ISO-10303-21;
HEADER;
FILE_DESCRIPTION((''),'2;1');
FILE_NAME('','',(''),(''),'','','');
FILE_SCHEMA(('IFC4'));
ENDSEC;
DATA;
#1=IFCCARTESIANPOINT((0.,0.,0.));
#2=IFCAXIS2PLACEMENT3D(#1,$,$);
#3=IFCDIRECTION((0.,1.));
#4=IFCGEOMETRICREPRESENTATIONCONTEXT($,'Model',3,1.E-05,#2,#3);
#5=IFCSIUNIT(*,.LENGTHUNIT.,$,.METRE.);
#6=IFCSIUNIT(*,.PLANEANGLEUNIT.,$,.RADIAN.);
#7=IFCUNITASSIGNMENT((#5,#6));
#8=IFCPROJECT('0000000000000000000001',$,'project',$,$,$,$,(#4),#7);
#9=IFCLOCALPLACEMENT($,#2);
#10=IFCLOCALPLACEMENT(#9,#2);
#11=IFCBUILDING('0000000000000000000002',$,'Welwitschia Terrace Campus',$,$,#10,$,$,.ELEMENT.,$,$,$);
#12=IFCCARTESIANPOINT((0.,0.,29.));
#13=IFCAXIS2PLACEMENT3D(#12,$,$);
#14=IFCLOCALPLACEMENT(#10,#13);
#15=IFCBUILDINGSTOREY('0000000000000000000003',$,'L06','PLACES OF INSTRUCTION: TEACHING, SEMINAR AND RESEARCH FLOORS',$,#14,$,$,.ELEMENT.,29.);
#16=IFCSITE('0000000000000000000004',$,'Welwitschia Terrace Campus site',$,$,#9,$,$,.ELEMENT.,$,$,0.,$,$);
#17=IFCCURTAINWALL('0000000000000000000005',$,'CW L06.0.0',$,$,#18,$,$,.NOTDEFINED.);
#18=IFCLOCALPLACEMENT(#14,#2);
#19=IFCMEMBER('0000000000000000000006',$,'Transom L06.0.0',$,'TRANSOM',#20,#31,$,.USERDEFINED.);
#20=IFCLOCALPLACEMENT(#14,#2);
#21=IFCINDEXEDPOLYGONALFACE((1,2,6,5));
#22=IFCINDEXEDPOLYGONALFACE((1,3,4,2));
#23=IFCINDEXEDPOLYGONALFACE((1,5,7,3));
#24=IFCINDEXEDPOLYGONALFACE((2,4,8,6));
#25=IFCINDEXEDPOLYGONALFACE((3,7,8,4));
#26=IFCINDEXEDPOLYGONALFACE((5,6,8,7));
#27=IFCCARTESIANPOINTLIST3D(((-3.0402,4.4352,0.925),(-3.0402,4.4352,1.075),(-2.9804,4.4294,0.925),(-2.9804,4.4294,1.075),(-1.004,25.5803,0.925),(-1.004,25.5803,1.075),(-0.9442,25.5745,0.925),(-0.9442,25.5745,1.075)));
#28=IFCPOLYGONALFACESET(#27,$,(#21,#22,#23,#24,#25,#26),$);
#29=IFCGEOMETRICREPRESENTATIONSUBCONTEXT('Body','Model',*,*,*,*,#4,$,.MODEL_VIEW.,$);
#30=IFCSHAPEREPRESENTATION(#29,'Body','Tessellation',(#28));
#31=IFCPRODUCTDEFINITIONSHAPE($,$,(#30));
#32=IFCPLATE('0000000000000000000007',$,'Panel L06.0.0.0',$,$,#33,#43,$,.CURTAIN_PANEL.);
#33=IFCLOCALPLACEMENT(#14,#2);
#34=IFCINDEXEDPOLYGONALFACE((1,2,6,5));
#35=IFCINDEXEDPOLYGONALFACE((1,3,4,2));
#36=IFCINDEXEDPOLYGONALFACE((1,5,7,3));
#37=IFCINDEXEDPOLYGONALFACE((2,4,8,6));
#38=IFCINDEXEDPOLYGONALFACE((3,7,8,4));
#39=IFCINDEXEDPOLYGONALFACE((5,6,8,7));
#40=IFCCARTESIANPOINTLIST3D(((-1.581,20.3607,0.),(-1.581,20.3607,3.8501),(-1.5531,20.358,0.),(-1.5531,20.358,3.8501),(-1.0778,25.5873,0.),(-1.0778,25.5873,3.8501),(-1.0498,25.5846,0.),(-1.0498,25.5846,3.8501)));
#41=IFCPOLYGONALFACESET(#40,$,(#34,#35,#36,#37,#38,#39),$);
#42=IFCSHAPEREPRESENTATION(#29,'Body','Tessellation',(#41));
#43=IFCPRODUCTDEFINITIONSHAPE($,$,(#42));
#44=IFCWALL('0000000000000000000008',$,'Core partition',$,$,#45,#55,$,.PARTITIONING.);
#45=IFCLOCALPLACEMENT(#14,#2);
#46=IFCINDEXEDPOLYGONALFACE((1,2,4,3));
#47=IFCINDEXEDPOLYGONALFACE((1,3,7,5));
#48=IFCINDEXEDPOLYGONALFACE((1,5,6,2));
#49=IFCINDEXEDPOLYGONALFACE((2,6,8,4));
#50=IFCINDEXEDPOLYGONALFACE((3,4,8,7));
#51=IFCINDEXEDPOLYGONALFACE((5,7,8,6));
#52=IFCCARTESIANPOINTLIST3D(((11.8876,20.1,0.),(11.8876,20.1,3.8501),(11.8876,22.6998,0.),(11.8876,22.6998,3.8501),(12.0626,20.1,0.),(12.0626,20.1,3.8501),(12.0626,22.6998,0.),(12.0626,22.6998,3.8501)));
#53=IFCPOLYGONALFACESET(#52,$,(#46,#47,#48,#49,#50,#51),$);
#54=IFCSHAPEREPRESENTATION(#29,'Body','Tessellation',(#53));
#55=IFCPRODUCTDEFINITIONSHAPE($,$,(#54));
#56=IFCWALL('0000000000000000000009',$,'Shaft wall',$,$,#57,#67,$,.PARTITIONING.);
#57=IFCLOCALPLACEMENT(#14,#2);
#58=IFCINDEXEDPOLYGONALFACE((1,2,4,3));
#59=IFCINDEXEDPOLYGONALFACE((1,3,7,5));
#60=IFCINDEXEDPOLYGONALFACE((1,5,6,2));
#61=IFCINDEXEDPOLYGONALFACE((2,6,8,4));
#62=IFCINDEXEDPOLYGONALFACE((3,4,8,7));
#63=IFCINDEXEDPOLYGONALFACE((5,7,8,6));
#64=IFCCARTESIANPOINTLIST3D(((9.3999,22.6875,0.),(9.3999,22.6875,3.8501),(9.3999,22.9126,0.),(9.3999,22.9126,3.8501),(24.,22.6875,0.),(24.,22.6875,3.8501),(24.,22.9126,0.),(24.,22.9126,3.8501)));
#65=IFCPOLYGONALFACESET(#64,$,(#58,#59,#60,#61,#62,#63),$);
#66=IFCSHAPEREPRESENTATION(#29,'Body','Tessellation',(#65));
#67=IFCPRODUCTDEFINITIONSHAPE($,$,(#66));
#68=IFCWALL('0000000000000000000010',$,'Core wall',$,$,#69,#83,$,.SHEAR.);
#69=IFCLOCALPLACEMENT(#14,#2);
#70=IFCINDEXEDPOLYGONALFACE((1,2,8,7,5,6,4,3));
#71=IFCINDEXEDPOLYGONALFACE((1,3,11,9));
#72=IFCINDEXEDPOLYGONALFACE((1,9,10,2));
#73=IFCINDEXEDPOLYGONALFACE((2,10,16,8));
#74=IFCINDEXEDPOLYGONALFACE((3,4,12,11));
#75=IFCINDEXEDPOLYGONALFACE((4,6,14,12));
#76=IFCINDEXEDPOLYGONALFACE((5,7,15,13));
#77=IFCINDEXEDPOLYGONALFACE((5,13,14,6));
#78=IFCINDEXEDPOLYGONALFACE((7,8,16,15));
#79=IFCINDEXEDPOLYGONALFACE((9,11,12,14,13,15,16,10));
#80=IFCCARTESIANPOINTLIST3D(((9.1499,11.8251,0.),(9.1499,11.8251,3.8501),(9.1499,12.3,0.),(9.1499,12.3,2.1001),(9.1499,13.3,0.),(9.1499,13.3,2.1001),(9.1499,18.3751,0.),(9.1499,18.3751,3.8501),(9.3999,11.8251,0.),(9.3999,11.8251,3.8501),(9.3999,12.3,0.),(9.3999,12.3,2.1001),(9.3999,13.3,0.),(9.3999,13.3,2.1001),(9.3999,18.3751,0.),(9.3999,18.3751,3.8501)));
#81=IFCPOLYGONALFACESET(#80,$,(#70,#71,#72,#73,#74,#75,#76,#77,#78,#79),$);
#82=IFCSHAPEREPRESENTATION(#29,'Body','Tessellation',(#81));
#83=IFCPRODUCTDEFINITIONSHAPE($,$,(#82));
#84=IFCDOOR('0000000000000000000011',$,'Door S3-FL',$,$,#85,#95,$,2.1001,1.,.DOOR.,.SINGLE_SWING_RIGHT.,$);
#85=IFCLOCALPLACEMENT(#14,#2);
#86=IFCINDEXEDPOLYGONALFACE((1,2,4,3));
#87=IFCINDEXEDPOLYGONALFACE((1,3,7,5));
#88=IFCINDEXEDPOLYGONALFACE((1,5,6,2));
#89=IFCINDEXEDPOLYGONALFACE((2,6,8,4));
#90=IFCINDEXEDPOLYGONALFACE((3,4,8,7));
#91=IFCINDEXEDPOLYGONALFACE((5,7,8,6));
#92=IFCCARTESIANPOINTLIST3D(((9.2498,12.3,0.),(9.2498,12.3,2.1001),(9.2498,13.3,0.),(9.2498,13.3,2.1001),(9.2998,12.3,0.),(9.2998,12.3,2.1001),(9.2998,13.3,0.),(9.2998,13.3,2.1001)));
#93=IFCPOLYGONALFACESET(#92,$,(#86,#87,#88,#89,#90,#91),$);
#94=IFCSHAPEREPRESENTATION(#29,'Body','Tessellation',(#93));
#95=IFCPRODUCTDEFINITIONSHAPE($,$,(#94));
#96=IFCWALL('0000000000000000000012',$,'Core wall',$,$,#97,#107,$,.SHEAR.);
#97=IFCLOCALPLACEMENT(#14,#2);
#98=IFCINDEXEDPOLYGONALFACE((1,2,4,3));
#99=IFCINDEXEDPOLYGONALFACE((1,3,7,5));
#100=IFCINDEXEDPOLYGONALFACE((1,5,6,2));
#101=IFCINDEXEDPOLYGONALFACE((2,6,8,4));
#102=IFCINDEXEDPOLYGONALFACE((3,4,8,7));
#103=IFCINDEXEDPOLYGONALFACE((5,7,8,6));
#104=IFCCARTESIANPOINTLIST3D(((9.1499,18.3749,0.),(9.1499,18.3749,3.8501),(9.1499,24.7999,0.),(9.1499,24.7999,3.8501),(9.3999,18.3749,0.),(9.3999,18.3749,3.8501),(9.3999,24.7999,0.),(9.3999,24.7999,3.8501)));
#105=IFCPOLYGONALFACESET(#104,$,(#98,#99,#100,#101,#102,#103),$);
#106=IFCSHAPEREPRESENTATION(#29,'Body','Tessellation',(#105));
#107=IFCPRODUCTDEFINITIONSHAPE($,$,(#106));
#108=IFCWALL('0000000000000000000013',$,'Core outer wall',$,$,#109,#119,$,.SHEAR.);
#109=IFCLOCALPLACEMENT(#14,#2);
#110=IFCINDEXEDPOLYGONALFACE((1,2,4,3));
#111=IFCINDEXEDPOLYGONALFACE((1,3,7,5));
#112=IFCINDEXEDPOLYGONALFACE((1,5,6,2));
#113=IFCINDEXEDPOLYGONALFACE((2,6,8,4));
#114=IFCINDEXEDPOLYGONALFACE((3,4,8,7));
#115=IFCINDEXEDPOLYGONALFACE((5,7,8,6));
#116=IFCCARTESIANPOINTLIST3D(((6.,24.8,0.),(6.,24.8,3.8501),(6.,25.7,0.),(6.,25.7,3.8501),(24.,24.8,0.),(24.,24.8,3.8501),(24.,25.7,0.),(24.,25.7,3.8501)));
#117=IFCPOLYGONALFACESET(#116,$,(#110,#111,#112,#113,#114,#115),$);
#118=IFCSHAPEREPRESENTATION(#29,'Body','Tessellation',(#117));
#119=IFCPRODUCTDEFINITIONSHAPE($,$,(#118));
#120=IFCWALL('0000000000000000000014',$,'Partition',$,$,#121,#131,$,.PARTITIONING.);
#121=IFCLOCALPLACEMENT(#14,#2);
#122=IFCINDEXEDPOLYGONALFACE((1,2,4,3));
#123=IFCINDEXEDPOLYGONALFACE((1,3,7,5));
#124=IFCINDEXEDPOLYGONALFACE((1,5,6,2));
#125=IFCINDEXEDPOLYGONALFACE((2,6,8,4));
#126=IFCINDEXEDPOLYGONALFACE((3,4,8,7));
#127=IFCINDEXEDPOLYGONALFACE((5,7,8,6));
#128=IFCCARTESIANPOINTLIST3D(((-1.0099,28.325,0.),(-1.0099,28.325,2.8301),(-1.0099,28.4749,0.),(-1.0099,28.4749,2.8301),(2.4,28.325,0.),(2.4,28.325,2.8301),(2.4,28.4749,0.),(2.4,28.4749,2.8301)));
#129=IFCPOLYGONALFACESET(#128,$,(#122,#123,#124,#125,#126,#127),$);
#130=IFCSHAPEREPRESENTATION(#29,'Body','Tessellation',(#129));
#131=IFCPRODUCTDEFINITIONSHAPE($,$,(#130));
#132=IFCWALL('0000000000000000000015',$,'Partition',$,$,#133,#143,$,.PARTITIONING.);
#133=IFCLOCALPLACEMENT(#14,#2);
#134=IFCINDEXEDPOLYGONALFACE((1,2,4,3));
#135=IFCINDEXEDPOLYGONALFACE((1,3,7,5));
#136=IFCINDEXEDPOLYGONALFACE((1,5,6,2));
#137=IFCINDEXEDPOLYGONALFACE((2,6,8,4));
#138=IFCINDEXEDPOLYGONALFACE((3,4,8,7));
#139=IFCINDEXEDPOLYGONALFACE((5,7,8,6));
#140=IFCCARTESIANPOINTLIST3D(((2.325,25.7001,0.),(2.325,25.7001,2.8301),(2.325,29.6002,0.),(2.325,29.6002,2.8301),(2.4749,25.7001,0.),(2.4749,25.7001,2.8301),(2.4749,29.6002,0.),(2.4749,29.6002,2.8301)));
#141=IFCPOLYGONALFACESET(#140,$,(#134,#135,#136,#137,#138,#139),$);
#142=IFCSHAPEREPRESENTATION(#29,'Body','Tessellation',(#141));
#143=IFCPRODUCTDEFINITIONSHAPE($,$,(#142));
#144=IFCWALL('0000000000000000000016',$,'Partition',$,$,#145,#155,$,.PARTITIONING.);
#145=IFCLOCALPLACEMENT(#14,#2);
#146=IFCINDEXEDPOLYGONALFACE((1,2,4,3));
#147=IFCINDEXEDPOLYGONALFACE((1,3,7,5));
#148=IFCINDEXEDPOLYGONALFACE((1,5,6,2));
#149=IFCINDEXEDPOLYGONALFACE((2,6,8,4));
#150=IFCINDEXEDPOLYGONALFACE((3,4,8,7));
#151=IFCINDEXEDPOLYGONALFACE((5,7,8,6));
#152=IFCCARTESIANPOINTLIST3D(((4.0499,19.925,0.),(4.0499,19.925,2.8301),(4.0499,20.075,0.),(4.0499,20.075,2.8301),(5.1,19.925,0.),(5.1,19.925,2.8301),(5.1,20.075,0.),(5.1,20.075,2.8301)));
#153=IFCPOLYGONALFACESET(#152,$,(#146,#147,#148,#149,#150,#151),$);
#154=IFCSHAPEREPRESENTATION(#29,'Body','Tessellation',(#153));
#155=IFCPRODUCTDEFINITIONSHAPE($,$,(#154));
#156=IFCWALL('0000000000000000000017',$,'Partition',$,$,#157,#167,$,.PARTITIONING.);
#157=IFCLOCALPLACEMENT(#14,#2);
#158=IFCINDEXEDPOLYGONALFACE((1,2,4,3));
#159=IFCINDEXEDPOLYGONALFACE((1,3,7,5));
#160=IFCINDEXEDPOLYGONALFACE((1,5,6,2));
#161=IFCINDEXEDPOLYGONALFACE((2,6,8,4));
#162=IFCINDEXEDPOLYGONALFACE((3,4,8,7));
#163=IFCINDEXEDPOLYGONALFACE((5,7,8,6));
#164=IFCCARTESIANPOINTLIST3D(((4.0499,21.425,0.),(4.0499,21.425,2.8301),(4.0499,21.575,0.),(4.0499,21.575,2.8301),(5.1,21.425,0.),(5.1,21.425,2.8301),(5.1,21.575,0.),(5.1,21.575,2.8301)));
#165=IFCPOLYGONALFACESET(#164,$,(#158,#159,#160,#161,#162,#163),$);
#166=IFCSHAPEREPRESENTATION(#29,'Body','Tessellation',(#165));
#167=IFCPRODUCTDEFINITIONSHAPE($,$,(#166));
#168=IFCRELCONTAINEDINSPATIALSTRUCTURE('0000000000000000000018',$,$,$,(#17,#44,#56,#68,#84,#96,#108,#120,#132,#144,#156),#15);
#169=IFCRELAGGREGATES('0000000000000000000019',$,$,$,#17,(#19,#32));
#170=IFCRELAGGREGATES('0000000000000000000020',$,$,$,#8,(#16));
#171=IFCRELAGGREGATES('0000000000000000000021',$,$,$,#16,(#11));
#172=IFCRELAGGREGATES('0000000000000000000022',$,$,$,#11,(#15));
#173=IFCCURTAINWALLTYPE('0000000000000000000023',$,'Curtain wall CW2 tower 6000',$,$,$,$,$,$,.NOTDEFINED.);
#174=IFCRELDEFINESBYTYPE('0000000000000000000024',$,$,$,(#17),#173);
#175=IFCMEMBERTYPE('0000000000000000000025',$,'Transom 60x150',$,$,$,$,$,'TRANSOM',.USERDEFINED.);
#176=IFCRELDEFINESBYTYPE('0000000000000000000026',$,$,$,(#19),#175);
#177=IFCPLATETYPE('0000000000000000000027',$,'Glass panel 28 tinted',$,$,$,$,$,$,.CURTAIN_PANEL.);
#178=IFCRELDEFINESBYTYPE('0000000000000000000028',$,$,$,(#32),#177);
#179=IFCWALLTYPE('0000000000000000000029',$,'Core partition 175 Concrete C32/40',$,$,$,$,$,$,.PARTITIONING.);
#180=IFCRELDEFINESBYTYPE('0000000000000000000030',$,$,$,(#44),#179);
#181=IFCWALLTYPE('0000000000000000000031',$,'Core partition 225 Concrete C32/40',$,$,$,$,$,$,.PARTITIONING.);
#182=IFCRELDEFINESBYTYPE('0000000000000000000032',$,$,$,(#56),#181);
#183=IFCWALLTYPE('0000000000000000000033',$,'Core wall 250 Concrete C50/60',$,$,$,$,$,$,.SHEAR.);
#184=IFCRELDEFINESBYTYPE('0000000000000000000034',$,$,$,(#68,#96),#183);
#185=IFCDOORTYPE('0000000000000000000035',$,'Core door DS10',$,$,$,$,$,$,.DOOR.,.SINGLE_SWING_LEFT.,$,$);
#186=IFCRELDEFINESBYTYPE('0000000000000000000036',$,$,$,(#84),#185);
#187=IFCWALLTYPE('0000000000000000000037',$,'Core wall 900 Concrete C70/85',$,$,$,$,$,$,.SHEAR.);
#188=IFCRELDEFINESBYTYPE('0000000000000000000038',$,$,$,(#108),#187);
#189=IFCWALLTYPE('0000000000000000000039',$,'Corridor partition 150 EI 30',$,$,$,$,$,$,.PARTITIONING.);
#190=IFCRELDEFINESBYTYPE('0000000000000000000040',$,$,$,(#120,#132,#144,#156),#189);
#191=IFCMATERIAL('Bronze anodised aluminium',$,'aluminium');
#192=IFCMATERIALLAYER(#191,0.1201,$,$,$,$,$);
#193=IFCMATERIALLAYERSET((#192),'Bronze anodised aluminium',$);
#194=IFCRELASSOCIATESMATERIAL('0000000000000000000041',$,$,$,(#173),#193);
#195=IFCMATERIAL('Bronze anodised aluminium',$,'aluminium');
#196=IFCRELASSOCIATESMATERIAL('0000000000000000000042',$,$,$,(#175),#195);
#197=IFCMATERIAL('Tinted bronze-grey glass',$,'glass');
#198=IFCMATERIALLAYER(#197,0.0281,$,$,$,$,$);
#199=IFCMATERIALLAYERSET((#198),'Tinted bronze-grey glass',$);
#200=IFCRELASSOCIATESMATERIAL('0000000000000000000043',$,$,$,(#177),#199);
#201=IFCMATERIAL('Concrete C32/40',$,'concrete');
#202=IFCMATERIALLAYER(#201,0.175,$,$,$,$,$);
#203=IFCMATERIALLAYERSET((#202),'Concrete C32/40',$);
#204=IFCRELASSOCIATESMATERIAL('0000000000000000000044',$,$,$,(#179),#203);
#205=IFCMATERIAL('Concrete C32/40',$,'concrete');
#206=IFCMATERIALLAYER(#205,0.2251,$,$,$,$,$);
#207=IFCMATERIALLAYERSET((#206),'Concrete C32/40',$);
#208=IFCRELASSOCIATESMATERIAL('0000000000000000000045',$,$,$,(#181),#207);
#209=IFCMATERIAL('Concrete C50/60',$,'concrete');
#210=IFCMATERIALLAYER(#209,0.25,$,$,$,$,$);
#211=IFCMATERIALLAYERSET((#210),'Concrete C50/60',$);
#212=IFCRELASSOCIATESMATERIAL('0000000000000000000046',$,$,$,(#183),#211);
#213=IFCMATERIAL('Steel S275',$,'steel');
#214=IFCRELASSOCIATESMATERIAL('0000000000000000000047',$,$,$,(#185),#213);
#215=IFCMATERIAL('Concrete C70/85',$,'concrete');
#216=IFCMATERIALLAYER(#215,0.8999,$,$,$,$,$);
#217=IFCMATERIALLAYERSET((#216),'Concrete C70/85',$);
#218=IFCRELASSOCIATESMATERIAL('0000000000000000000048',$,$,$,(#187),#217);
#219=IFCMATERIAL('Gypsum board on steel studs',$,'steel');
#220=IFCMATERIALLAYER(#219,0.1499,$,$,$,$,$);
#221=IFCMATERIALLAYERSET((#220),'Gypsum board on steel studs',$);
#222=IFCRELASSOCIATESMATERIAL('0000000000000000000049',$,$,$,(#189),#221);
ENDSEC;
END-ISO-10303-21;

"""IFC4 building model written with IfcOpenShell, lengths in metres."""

from ifc_helpers import new_model, si_unit, direction, frame, frame_2d, origin, origin_2d, place, context, subcontext, project, spatial, rectangle, extrude, material, layer, layer_set, material_profile, profile_set, type_object, element, fill, aggregate, save


model = new_model("IFC4")

# Units and contexts
model_context = context("Model", 3, precision=1e-05, world=origin(), true_north=direction((0.0, 1.0)))
body_context = subcontext(model_context, "Body", "Model", "MODEL_VIEW")
ifc_project = project(units=[si_unit("LENGTHUNIT", "METRE"), si_unit("PLANEANGLEUNIT", "RADIAN")], contexts=[model_context])

# Site, building, storey
site_placement = place(None, origin())
site = spatial("IfcSite", under=ifc_project, at=site_placement, Name="Welwitschia Terrace Campus site", CompositionType="ELEMENT", RefElevation=0.0)
building_placement = place(site_placement, origin())
building = spatial("IfcBuilding", under=site, at=building_placement, Name="Welwitschia Terrace Campus", CompositionType="ELEMENT")
storey_placement = place(building_placement, frame((0.0, 0.0, 29.0)))
storey = spatial("IfcBuildingStorey", under=building, at=storey_placement, Name="L06", Description="PLACES OF INSTRUCTION: TEACHING, SEMINAR AND RESEARCH FLOORS", CompositionType="ELEMENT", Elevation=29.0)

# Curtain wall
ifc_material_1 = material(Name="Bronze anodised aluminium", Category="aluminium")
ifc_layer_1 = layer(ifc_material_1, 0.1201)
ifc_layer_set_1 = layer_set([ifc_layer_1], Name="Bronze anodised aluminium")
curtain_wall_type = type_object("IfcCurtainWallType", Name="Curtain wall CW2 tower 6000", PredefinedType="NOTDEFINED", material=ifc_layer_set_1)
curtain_wall_1_placement = place(storey_placement, origin())
curtain_wall_1 = element("IfcCurtainWall", 1, at=curtain_wall_1_placement, inside=storey, type_object=curtain_wall_type, Name="CW L06.0.0", PredefinedType="NOTDEFINED")

# Member
ifc_material_2 = material(Name="Bronze anodised aluminium", Category="aluminium")
ifc_material_profile_1 = material_profile(ifc_material_2, rectangle(XDim=0.0601, YDim=0.1499, at=origin_2d()))
ifc_profile_set_1 = profile_set([ifc_material_profile_1], Name="Bronze anodised aluminium")
member_type_1 = type_object("IfcMemberType", Name="Transom 60x150", ElementType="TRANSOM", PredefinedType="USERDEFINED", material=ifc_profile_set_1)
member_1_placement = place(storey_placement, frame((-0.9741, 25.5774, 1.0), z_axis=(-0.09585, -0.995396, 0.0), x_axis=(0.995396, -0.09585, 0.0)))
member_1 = element("IfcMember", 2, at=member_1_placement, type_object=member_type_1, Name="Transom L06.0.0", ObjectType="TRANSOM", PredefinedType="USERDEFINED", context=body_context, shape_type="SweptSolid", body=[
    extrude(rectangle(XDim=0.0601, YDim=0.1499, at=origin_2d()), origin(), (0.0, 0.0, 1.0), 21.2429),
])

# Plate
ifc_material_3 = material(Name="Tinted bronze-grey glass", Category="glass")
ifc_layer_2 = layer(ifc_material_3, 0.0281)
ifc_layer_set_2 = layer_set([ifc_layer_2], Name="Tinted bronze-grey glass")
plate_type = type_object("IfcPlateType", Name="Glass panel 28 tinted", PredefinedType="CURTAIN_PANEL", material=ifc_layer_set_2)
plate_placement = place(storey_placement, frame((-1.3154, 22.9727, 0.0), z_axis=(0.0, 0.0, 1.0), x_axis=(-0.095846, -0.995396, 0.0)))
plate = element("IfcPlate", 3, at=plate_placement, type_object=plate_type, Name="Panel L06.0.0.0", PredefinedType="CURTAIN_PANEL", context=body_context, shape_type="SweptSolid", body=[
    extrude(rectangle(XDim=5.2507, YDim=0.0281, at=origin_2d()), origin(), (0.0, 0.0, 1.0), 3.8501),
])
aggregate(curtain_wall_1, [member_1, plate])

# Walls
ifc_material_4 = material(Name="Concrete C32/40", Category="concrete")
ifc_layer_3 = layer(ifc_material_4, 0.175)
ifc_layer_set_3 = layer_set([ifc_layer_3], Name="Concrete C32/40")
wall_type_1 = type_object("IfcWallType", Name="Core partition 175 Concrete C32/40", PredefinedType="PARTITIONING", material=ifc_layer_set_3)
wall_1_placement = place(storey_placement, frame((11.9751, 20.1001, 0.0), z_axis=(0.0, 0.0, 1.0), x_axis=(0.0, 1.0, 0.0)))
element("IfcWall", 4, at=wall_1_placement, inside=storey, type_object=wall_type_1, Name="Core partition", PredefinedType="PARTITIONING", context=body_context, shape_type="SweptSolid", body=[
    extrude(rectangle(XDim=2.5999, YDim=0.175, at=frame_2d((1.2998, 0.0))), origin(), (0.0, 0.0, 1.0), 3.8501),
])
ifc_material_5 = material(Name="Concrete C32/40", Category="concrete")
ifc_layer_4 = layer(ifc_material_5, 0.2251)
ifc_layer_set_4 = layer_set([ifc_layer_4], Name="Concrete C32/40")
wall_type_2 = type_object("IfcWallType", Name="Core partition 225 Concrete C32/40", PredefinedType="PARTITIONING", material=ifc_layer_set_4)
wall_2_placement = place(storey_placement, frame((9.3999, 22.8, 0.0), z_axis=(0.0, 0.0, 1.0), x_axis=(1.0, 0.0, 0.0)))
element("IfcWall", 5, at=wall_2_placement, inside=storey, type_object=wall_type_2, Name="Shaft wall", PredefinedType="PARTITIONING", context=body_context, shape_type="SweptSolid", body=[
    extrude(rectangle(XDim=14.6001, YDim=0.2251, at=frame_2d((7.3, 0.0))), origin(), (0.0, 0.0, 1.0), 3.8501),
])

# Wall, opening, door
ifc_material_6 = material(Name="Concrete C50/60", Category="concrete")
ifc_layer_5 = layer(ifc_material_6, 0.25)
ifc_layer_set_5 = layer_set([ifc_layer_5], Name="Concrete C50/60")
wall_type_3 = type_object("IfcWallType", Name="Core wall 250 Concrete C50/60", PredefinedType="SHEAR", material=ifc_layer_set_5)
wall_3_placement = place(storey_placement, frame((9.2749, 18.375, 0.0), z_axis=(0.0, 0.0, 1.0), x_axis=(0.0, -1.0, 0.0)))
wall_3 = element("IfcWall", 6, at=wall_3_placement, inside=storey, type_object=wall_type_3, Name="Core wall", PredefinedType="SHEAR", context=body_context, shape_type="SweptSolid", body=[
    extrude(rectangle(XDim=6.55, YDim=0.25, at=frame_2d((3.2749, 0.0))), origin(), (0.0, 0.0, 1.0), 3.8501),
])
opening_placement = place(wall_3_placement, frame((5.075, 0.0, 0.0)))
opening = element("IfcOpeningElement", 7, at=opening_placement, cuts=wall_3, PredefinedType="OPENING", context=body_context, shape_type="SweptSolid", body=[
    extrude(rectangle(XDim=1.0, YDim=2.1001, at=frame_2d((0.5, 1.05))), frame((0.0, 0.135, 0.0), z_axis=(0.0, -1.0, 0.0), x_axis=(1.0, 0.0, 0.0)), (0.0, 0.0, 1.0), 0.27),
])
ifc_material_7 = material(Name="Steel S275", Category="steel")
door_type = type_object("IfcDoorType", Name="Core door DS10", OperationType="SINGLE_SWING_LEFT", PredefinedType="DOOR", material=ifc_material_7)
door_placement = place(opening_placement, origin())
door = element("IfcDoor", 8, at=door_placement, inside=storey, type_object=door_type, Name="Door S3-FL", OperationType="SINGLE_SWING_RIGHT", OverallHeight=2.1001, OverallWidth=1.0, PredefinedType="DOOR", context=body_context, shape_type="SweptSolid", body=[
    extrude(rectangle(XDim=1.0, YDim=2.1001, at=frame_2d((0.5, 1.05))), frame((0.0, 0.0249, 0.0), z_axis=(0.0, -1.0, 0.0), x_axis=(1.0, 0.0, 0.0)), (0.0, 0.0, 1.0), 0.05),
])
fill(opening, door)

# Walls
wall_4_placement = place(storey_placement, frame((9.2749, 18.375, 0.0), z_axis=(0.0, 0.0, 1.0), x_axis=(0.0, 1.0, 0.0)))
element("IfcWall", 9, at=wall_4_placement, inside=storey, type_object=wall_type_3, Name="Core wall", PredefinedType="SHEAR", context=body_context, shape_type="SweptSolid", body=[
    extrude(rectangle(XDim=6.425, YDim=0.25, at=frame_2d((3.2124, 0.0))), origin(), (0.0, 0.0, 1.0), 3.8501),
])
ifc_material_8 = material(Name="Concrete C70/85", Category="concrete")
ifc_layer_6 = layer(ifc_material_8, 0.8999)
ifc_layer_set_6 = layer_set([ifc_layer_6], Name="Concrete C70/85")
wall_type_4 = type_object("IfcWallType", Name="Core wall 900 Concrete C70/85", PredefinedType="SHEAR", material=ifc_layer_set_6)
wall_5_placement = place(storey_placement, frame((6.0, 25.25, 0.0), z_axis=(0.0, 0.0, 1.0), x_axis=(1.0, 0.0, 0.0)))
element("IfcWall", 10, at=wall_5_placement, inside=storey, type_object=wall_type_4, Name="Core outer wall", PredefinedType="SHEAR", context=body_context, shape_type="SweptSolid", body=[
    extrude(rectangle(XDim=18.0, YDim=0.8999, at=frame_2d((9.0, 0.0))), origin(), (0.0, 0.0, 1.0), 3.8501),
])
ifc_material_9 = material(Name="Gypsum board on steel studs", Category="steel")
ifc_layer_7 = layer(ifc_material_9, 0.1499)
ifc_layer_set_7 = layer_set([ifc_layer_7], Name="Gypsum board on steel studs")
wall_type_5 = type_object("IfcWallType", Name="Corridor partition 150 EI 30", PredefinedType="PARTITIONING", material=ifc_layer_set_7)
wall_6_placement = place(storey_placement, frame((-1.01, 28.3999, 0.0), z_axis=(0.0, 0.0, 1.0), x_axis=(1.0, 0.0, 0.0)))
element("IfcWall", 11, at=wall_6_placement, inside=storey, type_object=wall_type_5, Name="Partition", PredefinedType="PARTITIONING", context=body_context, shape_type="SweptSolid", body=[
    extrude(rectangle(XDim=3.4099, YDim=0.1499, at=frame_2d((1.7051, 0.0))), origin(), (0.0, 0.0, 1.0), 2.8301),
])
wall_7_placement = place(storey_placement, frame((2.3999, 25.7, 0.0), z_axis=(0.0, 0.0, 1.0), x_axis=(0.0, 1.0, 0.0)))
element("IfcWall", 12, at=wall_7_placement, inside=storey, type_object=wall_type_5, Name="Partition", PredefinedType="PARTITIONING", context=body_context, shape_type="SweptSolid", body=[
    extrude(rectangle(XDim=3.9001, YDim=0.1499, at=frame_2d((1.9502, 0.0))), origin(), (0.0, 0.0, 1.0), 2.8301),
])
for number, where, z_axis, x_axis, name in (
    (13, (4.05, 20.0, 0.0), (0.0, 0.0, 1.0), (1.0, 0.0, 0.0), "Partition"),
    (14, (4.05, 21.5, 0.0), (0.0, 0.0, 1.0), (1.0, 0.0, 0.0), "Partition"),
):
    element("IfcWall", number, at=place(storey_placement, frame(where, z_axis=z_axis, x_axis=x_axis)), inside=storey, type_object=wall_type_5, Name=name, PredefinedType="PARTITIONING", context=body_context, shape_type="SweptSolid", body=[
        extrude(rectangle(XDim=1.05, YDim=0.1499, at=frame_2d((0.5249, 0.0))), origin(), (0.0, 0.0, 1.0), 2.8301),
    ])

save(model, "model.ifc")
